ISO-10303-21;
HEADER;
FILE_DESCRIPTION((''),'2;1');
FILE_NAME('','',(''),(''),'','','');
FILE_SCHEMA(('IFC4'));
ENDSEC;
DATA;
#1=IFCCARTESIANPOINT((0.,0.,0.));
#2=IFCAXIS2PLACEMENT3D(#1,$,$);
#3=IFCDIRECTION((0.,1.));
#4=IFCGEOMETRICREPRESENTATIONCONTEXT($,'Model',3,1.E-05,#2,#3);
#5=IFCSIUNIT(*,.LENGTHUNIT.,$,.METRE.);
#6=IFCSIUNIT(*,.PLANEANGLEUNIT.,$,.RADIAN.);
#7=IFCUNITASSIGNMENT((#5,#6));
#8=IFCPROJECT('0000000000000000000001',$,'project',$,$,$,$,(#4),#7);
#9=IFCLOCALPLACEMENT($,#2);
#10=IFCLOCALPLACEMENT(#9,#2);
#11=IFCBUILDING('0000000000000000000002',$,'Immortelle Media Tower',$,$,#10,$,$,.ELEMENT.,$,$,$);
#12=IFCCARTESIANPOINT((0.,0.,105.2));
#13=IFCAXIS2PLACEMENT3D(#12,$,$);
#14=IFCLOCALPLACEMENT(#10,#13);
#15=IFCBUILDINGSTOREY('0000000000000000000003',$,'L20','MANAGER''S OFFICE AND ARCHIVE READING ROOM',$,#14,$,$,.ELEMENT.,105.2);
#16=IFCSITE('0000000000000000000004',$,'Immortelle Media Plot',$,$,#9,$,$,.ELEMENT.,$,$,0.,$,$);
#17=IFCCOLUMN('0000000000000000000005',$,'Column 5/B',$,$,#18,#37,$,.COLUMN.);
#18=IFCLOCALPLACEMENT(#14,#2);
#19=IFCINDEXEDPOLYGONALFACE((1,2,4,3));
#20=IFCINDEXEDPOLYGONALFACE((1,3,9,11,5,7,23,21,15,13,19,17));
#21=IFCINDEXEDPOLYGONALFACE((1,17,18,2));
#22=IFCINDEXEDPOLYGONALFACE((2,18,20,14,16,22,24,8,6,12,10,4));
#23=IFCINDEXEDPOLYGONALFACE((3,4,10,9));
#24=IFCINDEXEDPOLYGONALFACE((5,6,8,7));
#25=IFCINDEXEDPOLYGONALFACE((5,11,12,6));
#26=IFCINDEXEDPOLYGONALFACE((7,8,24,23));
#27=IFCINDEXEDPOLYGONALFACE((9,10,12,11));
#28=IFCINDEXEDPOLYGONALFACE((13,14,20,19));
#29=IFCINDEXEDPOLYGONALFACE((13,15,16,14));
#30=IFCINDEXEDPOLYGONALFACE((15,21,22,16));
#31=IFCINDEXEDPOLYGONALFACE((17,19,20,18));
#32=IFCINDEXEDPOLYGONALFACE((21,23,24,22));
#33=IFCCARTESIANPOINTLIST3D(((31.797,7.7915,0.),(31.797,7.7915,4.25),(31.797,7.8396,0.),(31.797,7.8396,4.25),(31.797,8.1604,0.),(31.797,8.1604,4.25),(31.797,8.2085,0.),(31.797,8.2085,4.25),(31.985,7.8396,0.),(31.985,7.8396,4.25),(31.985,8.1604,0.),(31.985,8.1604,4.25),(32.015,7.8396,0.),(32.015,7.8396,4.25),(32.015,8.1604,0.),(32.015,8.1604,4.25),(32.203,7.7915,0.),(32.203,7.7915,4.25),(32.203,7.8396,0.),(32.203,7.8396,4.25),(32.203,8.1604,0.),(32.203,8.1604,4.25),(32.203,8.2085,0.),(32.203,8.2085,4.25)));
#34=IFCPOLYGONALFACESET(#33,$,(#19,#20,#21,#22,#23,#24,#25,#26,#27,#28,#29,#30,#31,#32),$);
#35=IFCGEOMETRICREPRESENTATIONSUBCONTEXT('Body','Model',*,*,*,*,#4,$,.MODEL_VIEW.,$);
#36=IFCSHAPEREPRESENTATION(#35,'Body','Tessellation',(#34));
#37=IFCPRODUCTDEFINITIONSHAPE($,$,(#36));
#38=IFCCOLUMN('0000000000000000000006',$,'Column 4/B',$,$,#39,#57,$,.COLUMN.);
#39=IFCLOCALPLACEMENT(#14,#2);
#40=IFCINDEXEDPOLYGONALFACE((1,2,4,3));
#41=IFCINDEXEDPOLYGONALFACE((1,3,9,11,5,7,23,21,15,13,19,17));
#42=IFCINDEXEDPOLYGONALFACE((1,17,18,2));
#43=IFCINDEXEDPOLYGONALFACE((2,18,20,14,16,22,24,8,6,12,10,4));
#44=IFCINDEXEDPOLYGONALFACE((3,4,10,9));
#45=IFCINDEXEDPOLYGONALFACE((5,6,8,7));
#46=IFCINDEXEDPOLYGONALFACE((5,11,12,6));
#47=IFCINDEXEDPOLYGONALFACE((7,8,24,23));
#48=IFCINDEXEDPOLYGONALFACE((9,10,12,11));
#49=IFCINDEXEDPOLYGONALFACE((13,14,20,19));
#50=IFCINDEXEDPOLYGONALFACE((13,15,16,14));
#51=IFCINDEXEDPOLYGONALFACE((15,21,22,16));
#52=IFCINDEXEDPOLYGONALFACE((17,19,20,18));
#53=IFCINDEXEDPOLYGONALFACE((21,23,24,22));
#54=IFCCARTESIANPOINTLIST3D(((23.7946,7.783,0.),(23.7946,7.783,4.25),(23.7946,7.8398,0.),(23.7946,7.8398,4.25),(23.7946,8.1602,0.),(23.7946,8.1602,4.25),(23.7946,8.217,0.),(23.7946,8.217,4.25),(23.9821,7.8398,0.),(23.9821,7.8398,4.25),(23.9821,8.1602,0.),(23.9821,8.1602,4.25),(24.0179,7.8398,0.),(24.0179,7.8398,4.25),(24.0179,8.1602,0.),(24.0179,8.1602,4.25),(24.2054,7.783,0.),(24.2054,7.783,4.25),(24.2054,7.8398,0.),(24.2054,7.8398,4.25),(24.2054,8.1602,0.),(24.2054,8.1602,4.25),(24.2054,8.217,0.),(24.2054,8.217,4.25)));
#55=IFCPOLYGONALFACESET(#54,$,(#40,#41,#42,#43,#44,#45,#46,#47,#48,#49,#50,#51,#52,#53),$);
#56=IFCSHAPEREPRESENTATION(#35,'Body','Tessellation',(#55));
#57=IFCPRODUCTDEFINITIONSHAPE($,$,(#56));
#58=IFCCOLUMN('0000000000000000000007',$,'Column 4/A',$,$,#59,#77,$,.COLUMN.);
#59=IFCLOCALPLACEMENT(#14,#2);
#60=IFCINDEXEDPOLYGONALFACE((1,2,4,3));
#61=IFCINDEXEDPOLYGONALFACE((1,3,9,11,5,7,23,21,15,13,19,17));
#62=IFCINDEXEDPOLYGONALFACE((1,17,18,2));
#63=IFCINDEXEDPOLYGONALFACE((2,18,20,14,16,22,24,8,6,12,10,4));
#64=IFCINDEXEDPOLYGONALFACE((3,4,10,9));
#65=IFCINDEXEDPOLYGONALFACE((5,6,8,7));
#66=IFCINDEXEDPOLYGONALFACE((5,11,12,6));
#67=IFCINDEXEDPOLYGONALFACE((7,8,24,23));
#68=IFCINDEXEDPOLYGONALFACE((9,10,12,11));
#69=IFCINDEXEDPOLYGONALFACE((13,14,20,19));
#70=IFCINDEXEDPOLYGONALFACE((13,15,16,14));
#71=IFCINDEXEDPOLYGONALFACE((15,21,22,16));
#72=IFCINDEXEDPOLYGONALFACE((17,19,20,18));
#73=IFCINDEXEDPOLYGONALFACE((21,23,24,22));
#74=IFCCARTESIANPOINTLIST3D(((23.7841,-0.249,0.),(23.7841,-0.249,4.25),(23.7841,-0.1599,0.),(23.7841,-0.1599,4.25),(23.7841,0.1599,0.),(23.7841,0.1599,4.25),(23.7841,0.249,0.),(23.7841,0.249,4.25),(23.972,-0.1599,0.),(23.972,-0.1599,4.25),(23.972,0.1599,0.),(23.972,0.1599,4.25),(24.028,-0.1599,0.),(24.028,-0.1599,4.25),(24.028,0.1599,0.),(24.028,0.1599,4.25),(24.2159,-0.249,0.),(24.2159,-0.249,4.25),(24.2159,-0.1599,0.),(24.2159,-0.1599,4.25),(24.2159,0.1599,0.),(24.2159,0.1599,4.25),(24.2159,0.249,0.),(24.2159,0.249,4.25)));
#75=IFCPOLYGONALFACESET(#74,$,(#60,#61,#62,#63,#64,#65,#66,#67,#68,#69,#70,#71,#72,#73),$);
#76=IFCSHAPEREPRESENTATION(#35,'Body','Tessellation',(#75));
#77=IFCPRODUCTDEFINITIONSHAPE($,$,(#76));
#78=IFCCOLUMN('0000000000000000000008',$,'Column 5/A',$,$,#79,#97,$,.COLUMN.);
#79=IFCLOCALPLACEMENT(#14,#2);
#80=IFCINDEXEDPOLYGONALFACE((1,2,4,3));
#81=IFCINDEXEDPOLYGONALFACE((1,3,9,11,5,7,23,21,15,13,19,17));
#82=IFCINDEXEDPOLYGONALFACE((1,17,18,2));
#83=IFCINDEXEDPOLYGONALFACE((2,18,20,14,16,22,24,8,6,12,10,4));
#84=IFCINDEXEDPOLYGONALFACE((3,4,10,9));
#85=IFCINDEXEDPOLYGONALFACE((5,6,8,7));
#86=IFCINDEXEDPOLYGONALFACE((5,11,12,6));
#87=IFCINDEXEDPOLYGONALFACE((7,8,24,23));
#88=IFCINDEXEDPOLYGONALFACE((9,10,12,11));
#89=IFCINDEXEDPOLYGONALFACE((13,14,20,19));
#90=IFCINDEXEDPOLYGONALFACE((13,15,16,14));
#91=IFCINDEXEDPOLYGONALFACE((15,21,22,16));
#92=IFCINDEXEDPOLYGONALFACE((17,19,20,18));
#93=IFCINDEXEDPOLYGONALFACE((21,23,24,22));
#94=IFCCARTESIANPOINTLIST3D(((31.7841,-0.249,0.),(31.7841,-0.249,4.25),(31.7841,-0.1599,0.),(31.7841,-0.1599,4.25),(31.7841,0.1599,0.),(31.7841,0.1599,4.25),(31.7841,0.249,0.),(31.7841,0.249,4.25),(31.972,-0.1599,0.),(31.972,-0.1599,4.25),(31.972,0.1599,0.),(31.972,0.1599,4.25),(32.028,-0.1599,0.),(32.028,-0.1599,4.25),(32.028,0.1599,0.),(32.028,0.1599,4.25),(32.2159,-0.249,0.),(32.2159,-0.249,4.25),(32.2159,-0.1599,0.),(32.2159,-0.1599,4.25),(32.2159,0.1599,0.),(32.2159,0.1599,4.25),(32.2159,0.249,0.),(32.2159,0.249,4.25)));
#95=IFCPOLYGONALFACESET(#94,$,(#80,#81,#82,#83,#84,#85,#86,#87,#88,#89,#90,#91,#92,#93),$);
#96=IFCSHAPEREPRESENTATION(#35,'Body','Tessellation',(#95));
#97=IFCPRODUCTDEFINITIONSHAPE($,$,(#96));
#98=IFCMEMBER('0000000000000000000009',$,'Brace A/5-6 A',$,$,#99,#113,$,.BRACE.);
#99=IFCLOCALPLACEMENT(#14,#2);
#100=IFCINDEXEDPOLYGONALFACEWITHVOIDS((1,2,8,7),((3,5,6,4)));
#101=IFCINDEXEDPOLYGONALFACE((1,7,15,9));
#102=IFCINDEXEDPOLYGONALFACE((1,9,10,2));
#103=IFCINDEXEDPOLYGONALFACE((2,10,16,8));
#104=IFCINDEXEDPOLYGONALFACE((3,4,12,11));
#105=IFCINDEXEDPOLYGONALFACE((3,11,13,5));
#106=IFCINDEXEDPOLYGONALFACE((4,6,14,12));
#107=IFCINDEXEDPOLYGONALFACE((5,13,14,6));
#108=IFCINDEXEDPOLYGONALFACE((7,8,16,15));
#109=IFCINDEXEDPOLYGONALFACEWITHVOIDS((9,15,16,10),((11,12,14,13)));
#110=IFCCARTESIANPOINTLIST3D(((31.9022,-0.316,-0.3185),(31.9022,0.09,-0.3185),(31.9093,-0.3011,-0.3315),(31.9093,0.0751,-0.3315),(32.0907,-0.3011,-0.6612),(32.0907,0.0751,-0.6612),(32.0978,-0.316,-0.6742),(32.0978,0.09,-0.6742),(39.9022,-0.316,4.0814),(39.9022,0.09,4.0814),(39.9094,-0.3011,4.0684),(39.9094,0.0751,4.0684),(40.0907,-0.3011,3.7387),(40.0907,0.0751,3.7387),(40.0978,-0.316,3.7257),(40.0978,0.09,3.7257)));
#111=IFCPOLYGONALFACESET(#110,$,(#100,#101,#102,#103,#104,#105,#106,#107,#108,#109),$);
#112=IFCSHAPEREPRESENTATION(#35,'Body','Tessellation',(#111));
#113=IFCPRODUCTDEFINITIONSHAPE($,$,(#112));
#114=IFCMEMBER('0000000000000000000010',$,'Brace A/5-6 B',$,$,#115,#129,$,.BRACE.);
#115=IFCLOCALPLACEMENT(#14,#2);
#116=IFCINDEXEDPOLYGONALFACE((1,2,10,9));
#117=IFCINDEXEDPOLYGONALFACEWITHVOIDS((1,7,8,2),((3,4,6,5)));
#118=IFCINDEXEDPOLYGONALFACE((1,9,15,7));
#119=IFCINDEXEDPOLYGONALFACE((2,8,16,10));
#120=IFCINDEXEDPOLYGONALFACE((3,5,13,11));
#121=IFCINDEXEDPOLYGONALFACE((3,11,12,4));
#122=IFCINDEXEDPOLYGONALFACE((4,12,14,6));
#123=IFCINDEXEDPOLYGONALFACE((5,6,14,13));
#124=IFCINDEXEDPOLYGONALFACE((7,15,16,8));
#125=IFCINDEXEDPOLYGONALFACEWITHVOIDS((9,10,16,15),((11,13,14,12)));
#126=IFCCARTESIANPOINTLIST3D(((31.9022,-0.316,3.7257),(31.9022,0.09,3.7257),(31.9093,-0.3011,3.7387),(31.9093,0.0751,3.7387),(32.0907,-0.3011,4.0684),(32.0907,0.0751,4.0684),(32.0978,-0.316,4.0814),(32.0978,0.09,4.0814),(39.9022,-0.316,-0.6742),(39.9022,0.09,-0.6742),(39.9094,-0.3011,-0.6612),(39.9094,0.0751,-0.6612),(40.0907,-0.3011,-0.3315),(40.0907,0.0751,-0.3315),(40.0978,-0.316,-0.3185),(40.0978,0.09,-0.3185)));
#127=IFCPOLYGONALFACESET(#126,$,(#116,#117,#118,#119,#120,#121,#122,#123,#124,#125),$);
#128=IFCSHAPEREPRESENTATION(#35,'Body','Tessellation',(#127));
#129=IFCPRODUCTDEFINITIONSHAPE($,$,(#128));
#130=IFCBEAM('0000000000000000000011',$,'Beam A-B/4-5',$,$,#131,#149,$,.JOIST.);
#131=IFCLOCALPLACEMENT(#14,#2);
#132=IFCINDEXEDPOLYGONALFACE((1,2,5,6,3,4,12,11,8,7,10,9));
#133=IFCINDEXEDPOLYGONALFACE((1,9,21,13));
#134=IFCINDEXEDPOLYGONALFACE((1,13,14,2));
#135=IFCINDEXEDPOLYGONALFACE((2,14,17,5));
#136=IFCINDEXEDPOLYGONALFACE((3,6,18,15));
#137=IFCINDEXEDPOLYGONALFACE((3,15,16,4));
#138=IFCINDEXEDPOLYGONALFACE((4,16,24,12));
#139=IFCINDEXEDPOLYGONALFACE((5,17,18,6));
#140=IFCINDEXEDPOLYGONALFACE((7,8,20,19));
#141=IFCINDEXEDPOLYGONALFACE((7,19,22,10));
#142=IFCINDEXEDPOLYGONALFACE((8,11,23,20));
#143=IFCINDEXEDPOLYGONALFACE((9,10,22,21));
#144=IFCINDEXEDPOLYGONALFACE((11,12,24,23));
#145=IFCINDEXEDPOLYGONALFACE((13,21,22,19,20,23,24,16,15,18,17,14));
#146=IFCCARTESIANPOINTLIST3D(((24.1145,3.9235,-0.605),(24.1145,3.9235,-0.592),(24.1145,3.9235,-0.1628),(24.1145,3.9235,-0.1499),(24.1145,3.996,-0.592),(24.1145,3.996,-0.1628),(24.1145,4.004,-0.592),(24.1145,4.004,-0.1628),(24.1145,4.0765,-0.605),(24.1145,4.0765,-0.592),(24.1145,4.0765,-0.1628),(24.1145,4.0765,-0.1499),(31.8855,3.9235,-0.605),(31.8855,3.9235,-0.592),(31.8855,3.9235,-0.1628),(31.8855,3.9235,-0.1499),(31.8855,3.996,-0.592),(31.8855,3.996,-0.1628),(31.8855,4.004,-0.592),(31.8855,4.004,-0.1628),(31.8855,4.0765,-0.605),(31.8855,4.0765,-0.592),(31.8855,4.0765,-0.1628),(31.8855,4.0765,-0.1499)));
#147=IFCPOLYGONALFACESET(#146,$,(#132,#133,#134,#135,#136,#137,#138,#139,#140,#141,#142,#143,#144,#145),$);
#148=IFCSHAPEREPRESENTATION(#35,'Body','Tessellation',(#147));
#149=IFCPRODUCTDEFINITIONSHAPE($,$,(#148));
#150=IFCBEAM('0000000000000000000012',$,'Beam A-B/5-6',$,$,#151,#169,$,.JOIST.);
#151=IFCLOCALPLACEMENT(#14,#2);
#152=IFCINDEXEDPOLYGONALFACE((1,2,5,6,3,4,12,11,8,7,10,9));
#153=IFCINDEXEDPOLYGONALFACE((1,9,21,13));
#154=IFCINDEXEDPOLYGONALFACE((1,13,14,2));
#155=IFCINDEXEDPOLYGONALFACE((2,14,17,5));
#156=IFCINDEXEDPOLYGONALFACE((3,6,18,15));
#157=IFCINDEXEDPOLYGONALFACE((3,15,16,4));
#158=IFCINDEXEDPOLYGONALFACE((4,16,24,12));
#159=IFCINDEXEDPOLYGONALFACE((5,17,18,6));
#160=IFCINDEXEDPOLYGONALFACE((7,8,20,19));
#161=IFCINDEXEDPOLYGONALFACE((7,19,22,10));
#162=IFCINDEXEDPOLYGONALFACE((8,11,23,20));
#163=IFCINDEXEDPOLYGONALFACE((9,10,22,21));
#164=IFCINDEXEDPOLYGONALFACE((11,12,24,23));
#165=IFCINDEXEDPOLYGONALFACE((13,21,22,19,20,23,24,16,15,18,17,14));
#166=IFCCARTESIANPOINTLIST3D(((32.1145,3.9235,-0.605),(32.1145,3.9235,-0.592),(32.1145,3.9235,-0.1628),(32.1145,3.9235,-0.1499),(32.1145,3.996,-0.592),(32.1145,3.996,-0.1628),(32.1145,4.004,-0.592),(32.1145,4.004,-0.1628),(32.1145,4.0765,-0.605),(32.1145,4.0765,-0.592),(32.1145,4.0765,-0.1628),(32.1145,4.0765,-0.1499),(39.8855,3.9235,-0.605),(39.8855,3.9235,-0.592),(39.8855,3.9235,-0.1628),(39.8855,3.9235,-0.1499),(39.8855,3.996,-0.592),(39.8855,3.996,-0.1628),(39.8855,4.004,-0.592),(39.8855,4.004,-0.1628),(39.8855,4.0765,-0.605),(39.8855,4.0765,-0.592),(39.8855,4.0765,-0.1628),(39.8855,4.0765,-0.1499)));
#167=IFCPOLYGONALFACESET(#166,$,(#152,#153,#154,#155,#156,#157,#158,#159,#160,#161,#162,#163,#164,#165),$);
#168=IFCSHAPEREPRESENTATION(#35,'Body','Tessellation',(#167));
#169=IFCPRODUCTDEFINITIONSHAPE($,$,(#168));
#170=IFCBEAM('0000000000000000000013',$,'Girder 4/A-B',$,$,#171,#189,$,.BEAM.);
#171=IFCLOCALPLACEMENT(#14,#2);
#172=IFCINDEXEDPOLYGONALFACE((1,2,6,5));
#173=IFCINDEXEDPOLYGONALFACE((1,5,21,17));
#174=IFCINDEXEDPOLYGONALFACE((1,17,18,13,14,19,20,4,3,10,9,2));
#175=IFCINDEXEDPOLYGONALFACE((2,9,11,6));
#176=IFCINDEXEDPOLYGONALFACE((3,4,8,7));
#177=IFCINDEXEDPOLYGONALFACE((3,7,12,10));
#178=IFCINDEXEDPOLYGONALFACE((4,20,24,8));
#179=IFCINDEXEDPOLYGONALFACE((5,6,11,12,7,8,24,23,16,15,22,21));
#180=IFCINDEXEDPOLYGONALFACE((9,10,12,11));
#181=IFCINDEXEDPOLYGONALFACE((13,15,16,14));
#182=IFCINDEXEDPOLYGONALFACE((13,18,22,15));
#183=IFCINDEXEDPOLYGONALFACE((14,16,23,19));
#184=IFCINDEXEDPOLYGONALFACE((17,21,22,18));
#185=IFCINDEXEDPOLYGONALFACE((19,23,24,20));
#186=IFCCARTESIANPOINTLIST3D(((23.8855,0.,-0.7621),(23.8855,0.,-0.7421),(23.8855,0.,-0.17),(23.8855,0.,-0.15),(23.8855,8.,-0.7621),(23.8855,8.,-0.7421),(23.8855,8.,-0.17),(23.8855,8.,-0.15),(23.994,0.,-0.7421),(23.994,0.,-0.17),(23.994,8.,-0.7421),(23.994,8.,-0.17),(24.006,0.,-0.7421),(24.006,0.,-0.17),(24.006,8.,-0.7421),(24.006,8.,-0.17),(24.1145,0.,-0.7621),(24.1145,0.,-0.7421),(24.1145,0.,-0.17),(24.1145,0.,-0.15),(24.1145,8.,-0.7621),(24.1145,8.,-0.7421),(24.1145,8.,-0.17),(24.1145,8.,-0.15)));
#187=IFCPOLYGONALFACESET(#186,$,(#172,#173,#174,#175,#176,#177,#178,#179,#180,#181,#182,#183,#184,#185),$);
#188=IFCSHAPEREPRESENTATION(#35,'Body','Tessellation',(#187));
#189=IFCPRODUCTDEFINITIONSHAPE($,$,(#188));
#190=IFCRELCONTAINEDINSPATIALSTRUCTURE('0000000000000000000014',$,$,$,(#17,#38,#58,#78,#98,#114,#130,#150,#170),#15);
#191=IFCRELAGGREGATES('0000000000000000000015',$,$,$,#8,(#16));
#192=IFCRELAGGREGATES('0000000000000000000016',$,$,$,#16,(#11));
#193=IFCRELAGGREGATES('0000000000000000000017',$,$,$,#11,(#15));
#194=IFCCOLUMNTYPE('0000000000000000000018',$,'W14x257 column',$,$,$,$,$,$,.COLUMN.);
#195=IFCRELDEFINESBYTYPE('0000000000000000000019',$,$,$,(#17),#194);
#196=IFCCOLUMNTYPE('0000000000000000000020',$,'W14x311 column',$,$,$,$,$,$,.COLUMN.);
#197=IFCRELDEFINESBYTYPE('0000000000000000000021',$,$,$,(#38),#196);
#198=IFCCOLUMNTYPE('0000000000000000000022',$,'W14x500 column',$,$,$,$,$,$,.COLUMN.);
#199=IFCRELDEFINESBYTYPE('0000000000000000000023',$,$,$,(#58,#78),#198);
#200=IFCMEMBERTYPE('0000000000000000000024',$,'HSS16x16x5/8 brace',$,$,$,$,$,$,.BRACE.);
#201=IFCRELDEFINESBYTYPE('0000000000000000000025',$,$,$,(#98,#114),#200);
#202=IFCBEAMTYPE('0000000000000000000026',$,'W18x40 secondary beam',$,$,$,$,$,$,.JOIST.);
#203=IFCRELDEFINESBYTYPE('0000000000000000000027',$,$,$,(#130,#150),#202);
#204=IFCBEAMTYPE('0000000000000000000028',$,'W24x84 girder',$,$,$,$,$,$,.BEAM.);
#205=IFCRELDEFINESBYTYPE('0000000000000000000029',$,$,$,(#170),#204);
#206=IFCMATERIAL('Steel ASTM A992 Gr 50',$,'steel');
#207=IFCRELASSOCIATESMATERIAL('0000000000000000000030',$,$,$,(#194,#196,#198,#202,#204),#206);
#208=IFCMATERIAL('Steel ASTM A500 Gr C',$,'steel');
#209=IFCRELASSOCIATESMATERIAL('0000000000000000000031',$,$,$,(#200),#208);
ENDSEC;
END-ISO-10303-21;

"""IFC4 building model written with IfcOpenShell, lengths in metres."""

from ifc_helpers import new_model, si_unit, direction, frame, origin, origin_2d, place, context, subcontext, project, spatial, hollow_rectangle, i_section, extrude, material, material_profile, profile_set, type_object, element, save


model = new_model("IFC4")

# Units and contexts
model_context = context("Model", 3, precision=1e-05, world=origin(), true_north=direction((0.0, 1.0)))
body_context = subcontext(model_context, "Body", "Model", "MODEL_VIEW")
ifc_project = project(units=[si_unit("LENGTHUNIT", "METRE"), si_unit("PLANEANGLEUNIT", "RADIAN")], contexts=[model_context])

# Site, building, storey
site_placement = place(None, origin())
site = spatial("IfcSite", under=ifc_project, at=site_placement, Name="Immortelle Media Plot", CompositionType="ELEMENT", RefElevation=0.0)
building_placement = place(site_placement, origin())
building = spatial("IfcBuilding", under=site, at=building_placement, Name="Immortelle Media Tower", CompositionType="ELEMENT")
storey_placement = place(building_placement, frame((0.0, 0.0, 105.2)))
storey = spatial("IfcBuildingStorey", under=building, at=storey_placement, Name="L20", Description="MANAGER'S OFFICE AND ARCHIVE READING ROOM", CompositionType="ELEMENT", Elevation=105.2)

# Columns
ifc_material_1 = material(Name="Steel ASTM A992 Gr 50", Category="steel")
ifc_material_profile_1 = material_profile(ifc_material_1, i_section(OverallWidth=0.406, OverallDepth=0.417, WebThickness=0.03, FlangeThickness=0.0481, at=origin_2d()), Name="W14x257")
ifc_profile_set_1 = profile_set([ifc_material_profile_1], Name="Steel ASTM A992 Gr 50")
column_type_1 = type_object("IfcColumnType", Name="W14x257 column", PredefinedType="COLUMN", material=ifc_profile_set_1)
column_1_placement = place(storey_placement, frame((32.0, 8.0, 0.0), z_axis=(0.0, 0.0, 1.0), x_axis=(1.0, 0.0, 0.0)))
element("IfcColumn", 1, at=column_1_placement, inside=storey, type_object=column_type_1, Name="Column 5/B", PredefinedType="COLUMN", context=body_context, shape_type="SweptSolid", body=[
    extrude(i_section(OverallWidth=0.406, OverallDepth=0.417, WebThickness=0.03, FlangeThickness=0.0481, at=origin_2d()), origin(), (0.0, 0.0, 1.0), 4.25),
])
ifc_material_profile_2 = material_profile(ifc_material_1, i_section(OverallWidth=0.4109, OverallDepth=0.4341, WebThickness=0.0359, FlangeThickness=0.0569, at=origin_2d()), Name="W14x311")
ifc_profile_set_2 = profile_set([ifc_material_profile_2], Name="Steel ASTM A992 Gr 50")
column_type_2 = type_object("IfcColumnType", Name="W14x311 column", PredefinedType="COLUMN", material=ifc_profile_set_2)
column_2_placement = place(storey_placement, frame((24.0, 8.0, 0.0), z_axis=(0.0, 0.0, 1.0), x_axis=(1.0, 0.0, 0.0)))
element("IfcColumn", 2, at=column_2_placement, inside=storey, type_object=column_type_2, Name="Column 4/B", PredefinedType="COLUMN", context=body_context, shape_type="SweptSolid", body=[
    extrude(i_section(OverallWidth=0.4109, OverallDepth=0.4341, WebThickness=0.0359, FlangeThickness=0.0569, at=origin_2d()), origin(), (0.0, 0.0, 1.0), 4.25),
])
ifc_material_profile_3 = material_profile(ifc_material_1, i_section(OverallWidth=0.4319, OverallDepth=0.498, WebThickness=0.0559, FlangeThickness=0.0891, at=origin_2d()), Name="W14x500")
ifc_profile_set_3 = profile_set([ifc_material_profile_3], Name="Steel ASTM A992 Gr 50")
column_type_3 = type_object("IfcColumnType", Name="W14x500 column", PredefinedType="COLUMN", material=ifc_profile_set_3)
for number, where, z_axis, x_axis, name in (
    (3, (24.0, 0.0, 0.0), (0.0, 0.0, 1.0), (1.0, 0.0, 0.0), "Column 4/A"),
    (4, (32.0, 0.0, 0.0), (0.0, 0.0, 1.0), (1.0, 0.0, 0.0), "Column 5/A"),
):
    element("IfcColumn", number, at=place(storey_placement, frame(where, z_axis=z_axis, x_axis=x_axis)), inside=storey, type_object=column_type_3, Name=name, PredefinedType="COLUMN", context=body_context, shape_type="SweptSolid", body=[
        extrude(i_section(OverallWidth=0.4319, OverallDepth=0.498, WebThickness=0.0559, FlangeThickness=0.0891, at=origin_2d()), origin(), (0.0, 0.0, 1.0), 4.25),
    ])

# Members
ifc_material_2 = material(Name="Steel ASTM A500 Gr C", Category="steel")
ifc_material_profile_4 = material_profile(ifc_material_2, hollow_rectangle(XDim=0.406, YDim=0.406, WallThickness=0.0149, at=origin_2d()), Name="HSS16x16x5/8 brace")
ifc_profile_set_4 = profile_set([ifc_material_profile_4], Name="Steel ASTM A500 Gr C")
member_type = type_object("IfcMemberType", Name="HSS16x16x5/8 brace", PredefinedType="BRACE", material=ifc_profile_set_4)
for number, where, z_axis, x_axis, name in (
    (5, (32.0, -0.113, -0.4963), (0.87622, 0.0, 0.481911), (0.0, 1.0, 0.0), "Brace A/5-6 A"),
    (6, (32.0, -0.113, 3.9036), (0.87622, 0.0, -0.481911), (0.0, 1.0, 0.0), "Brace A/5-6 B"),
):
    element("IfcMember", number, at=place(storey_placement, frame(where, z_axis=z_axis, x_axis=x_axis)), inside=storey, type_object=member_type, Name=name, PredefinedType="BRACE", context=body_context, shape_type="SweptSolid", body=[
        extrude(hollow_rectangle(XDim=0.406, YDim=0.406, WallThickness=0.0149, at=origin_2d()), origin(), (0.0, 0.0, 1.0), 9.1301),
    ])

# Beams
ifc_material_profile_5 = material_profile(ifc_material_1, i_section(OverallWidth=0.1531, OverallDepth=0.4551, WebThickness=0.0081, FlangeThickness=0.0129, at=origin_2d()), Name="W18x40")
ifc_profile_set_5 = profile_set([ifc_material_profile_5], Name="Steel ASTM A992 Gr 50")
beam_type_1 = type_object("IfcBeamType", Name="W18x40 secondary beam", PredefinedType="JOIST", material=ifc_profile_set_5)
for number, where, z_axis, x_axis, name in (
    (7, (24.1145, 4.0, -0.3774), (1.0, 0.0, 0.0), (0.0, 1.0, 0.0), "Beam A-B/4-5"),
    (8, (32.1145, 4.0, -0.3774), (1.0, 0.0, 0.0), (0.0, 1.0, 0.0), "Beam A-B/5-6"),
):
    element("IfcBeam", number, at=place(storey_placement, frame(where, z_axis=z_axis, x_axis=x_axis)), inside=storey, type_object=beam_type_1, Name=name, PredefinedType="JOIST", context=body_context, shape_type="SweptSolid", body=[
        extrude(i_section(OverallWidth=0.1531, OverallDepth=0.4551, WebThickness=0.0081, FlangeThickness=0.0129, at=origin_2d()), origin(), (0.0, 0.0, 1.0), 7.771),
    ])
ifc_material_profile_6 = material_profile(ifc_material_1, i_section(OverallWidth=0.229, OverallDepth=0.6121, WebThickness=0.012, FlangeThickness=0.02, at=origin_2d()), Name="W24x84")
ifc_profile_set_6 = profile_set([ifc_material_profile_6], Name="Steel ASTM A992 Gr 50")
beam_type_2 = type_object("IfcBeamType", Name="W24x84 girder", PredefinedType="BEAM", material=ifc_profile_set_6)
for number, where, z_axis, x_axis, name in (
    (9, (24.0, 0.0, -0.4561), (0.0, 1.0, 0.0), (-1.0, 0.0, 0.0), "Girder 4/A-B"),
):
    element("IfcBeam", number, at=place(storey_placement, frame(where, z_axis=z_axis, x_axis=x_axis)), inside=storey, type_object=beam_type_2, Name=name, PredefinedType="BEAM", context=body_context, shape_type="SweptSolid", body=[
        extrude(i_section(OverallWidth=0.229, OverallDepth=0.6121, WebThickness=0.012, FlangeThickness=0.02, at=origin_2d()), origin(), (0.0, 0.0, 1.0), 8.0),
    ])

save(model, "model.ifc")
